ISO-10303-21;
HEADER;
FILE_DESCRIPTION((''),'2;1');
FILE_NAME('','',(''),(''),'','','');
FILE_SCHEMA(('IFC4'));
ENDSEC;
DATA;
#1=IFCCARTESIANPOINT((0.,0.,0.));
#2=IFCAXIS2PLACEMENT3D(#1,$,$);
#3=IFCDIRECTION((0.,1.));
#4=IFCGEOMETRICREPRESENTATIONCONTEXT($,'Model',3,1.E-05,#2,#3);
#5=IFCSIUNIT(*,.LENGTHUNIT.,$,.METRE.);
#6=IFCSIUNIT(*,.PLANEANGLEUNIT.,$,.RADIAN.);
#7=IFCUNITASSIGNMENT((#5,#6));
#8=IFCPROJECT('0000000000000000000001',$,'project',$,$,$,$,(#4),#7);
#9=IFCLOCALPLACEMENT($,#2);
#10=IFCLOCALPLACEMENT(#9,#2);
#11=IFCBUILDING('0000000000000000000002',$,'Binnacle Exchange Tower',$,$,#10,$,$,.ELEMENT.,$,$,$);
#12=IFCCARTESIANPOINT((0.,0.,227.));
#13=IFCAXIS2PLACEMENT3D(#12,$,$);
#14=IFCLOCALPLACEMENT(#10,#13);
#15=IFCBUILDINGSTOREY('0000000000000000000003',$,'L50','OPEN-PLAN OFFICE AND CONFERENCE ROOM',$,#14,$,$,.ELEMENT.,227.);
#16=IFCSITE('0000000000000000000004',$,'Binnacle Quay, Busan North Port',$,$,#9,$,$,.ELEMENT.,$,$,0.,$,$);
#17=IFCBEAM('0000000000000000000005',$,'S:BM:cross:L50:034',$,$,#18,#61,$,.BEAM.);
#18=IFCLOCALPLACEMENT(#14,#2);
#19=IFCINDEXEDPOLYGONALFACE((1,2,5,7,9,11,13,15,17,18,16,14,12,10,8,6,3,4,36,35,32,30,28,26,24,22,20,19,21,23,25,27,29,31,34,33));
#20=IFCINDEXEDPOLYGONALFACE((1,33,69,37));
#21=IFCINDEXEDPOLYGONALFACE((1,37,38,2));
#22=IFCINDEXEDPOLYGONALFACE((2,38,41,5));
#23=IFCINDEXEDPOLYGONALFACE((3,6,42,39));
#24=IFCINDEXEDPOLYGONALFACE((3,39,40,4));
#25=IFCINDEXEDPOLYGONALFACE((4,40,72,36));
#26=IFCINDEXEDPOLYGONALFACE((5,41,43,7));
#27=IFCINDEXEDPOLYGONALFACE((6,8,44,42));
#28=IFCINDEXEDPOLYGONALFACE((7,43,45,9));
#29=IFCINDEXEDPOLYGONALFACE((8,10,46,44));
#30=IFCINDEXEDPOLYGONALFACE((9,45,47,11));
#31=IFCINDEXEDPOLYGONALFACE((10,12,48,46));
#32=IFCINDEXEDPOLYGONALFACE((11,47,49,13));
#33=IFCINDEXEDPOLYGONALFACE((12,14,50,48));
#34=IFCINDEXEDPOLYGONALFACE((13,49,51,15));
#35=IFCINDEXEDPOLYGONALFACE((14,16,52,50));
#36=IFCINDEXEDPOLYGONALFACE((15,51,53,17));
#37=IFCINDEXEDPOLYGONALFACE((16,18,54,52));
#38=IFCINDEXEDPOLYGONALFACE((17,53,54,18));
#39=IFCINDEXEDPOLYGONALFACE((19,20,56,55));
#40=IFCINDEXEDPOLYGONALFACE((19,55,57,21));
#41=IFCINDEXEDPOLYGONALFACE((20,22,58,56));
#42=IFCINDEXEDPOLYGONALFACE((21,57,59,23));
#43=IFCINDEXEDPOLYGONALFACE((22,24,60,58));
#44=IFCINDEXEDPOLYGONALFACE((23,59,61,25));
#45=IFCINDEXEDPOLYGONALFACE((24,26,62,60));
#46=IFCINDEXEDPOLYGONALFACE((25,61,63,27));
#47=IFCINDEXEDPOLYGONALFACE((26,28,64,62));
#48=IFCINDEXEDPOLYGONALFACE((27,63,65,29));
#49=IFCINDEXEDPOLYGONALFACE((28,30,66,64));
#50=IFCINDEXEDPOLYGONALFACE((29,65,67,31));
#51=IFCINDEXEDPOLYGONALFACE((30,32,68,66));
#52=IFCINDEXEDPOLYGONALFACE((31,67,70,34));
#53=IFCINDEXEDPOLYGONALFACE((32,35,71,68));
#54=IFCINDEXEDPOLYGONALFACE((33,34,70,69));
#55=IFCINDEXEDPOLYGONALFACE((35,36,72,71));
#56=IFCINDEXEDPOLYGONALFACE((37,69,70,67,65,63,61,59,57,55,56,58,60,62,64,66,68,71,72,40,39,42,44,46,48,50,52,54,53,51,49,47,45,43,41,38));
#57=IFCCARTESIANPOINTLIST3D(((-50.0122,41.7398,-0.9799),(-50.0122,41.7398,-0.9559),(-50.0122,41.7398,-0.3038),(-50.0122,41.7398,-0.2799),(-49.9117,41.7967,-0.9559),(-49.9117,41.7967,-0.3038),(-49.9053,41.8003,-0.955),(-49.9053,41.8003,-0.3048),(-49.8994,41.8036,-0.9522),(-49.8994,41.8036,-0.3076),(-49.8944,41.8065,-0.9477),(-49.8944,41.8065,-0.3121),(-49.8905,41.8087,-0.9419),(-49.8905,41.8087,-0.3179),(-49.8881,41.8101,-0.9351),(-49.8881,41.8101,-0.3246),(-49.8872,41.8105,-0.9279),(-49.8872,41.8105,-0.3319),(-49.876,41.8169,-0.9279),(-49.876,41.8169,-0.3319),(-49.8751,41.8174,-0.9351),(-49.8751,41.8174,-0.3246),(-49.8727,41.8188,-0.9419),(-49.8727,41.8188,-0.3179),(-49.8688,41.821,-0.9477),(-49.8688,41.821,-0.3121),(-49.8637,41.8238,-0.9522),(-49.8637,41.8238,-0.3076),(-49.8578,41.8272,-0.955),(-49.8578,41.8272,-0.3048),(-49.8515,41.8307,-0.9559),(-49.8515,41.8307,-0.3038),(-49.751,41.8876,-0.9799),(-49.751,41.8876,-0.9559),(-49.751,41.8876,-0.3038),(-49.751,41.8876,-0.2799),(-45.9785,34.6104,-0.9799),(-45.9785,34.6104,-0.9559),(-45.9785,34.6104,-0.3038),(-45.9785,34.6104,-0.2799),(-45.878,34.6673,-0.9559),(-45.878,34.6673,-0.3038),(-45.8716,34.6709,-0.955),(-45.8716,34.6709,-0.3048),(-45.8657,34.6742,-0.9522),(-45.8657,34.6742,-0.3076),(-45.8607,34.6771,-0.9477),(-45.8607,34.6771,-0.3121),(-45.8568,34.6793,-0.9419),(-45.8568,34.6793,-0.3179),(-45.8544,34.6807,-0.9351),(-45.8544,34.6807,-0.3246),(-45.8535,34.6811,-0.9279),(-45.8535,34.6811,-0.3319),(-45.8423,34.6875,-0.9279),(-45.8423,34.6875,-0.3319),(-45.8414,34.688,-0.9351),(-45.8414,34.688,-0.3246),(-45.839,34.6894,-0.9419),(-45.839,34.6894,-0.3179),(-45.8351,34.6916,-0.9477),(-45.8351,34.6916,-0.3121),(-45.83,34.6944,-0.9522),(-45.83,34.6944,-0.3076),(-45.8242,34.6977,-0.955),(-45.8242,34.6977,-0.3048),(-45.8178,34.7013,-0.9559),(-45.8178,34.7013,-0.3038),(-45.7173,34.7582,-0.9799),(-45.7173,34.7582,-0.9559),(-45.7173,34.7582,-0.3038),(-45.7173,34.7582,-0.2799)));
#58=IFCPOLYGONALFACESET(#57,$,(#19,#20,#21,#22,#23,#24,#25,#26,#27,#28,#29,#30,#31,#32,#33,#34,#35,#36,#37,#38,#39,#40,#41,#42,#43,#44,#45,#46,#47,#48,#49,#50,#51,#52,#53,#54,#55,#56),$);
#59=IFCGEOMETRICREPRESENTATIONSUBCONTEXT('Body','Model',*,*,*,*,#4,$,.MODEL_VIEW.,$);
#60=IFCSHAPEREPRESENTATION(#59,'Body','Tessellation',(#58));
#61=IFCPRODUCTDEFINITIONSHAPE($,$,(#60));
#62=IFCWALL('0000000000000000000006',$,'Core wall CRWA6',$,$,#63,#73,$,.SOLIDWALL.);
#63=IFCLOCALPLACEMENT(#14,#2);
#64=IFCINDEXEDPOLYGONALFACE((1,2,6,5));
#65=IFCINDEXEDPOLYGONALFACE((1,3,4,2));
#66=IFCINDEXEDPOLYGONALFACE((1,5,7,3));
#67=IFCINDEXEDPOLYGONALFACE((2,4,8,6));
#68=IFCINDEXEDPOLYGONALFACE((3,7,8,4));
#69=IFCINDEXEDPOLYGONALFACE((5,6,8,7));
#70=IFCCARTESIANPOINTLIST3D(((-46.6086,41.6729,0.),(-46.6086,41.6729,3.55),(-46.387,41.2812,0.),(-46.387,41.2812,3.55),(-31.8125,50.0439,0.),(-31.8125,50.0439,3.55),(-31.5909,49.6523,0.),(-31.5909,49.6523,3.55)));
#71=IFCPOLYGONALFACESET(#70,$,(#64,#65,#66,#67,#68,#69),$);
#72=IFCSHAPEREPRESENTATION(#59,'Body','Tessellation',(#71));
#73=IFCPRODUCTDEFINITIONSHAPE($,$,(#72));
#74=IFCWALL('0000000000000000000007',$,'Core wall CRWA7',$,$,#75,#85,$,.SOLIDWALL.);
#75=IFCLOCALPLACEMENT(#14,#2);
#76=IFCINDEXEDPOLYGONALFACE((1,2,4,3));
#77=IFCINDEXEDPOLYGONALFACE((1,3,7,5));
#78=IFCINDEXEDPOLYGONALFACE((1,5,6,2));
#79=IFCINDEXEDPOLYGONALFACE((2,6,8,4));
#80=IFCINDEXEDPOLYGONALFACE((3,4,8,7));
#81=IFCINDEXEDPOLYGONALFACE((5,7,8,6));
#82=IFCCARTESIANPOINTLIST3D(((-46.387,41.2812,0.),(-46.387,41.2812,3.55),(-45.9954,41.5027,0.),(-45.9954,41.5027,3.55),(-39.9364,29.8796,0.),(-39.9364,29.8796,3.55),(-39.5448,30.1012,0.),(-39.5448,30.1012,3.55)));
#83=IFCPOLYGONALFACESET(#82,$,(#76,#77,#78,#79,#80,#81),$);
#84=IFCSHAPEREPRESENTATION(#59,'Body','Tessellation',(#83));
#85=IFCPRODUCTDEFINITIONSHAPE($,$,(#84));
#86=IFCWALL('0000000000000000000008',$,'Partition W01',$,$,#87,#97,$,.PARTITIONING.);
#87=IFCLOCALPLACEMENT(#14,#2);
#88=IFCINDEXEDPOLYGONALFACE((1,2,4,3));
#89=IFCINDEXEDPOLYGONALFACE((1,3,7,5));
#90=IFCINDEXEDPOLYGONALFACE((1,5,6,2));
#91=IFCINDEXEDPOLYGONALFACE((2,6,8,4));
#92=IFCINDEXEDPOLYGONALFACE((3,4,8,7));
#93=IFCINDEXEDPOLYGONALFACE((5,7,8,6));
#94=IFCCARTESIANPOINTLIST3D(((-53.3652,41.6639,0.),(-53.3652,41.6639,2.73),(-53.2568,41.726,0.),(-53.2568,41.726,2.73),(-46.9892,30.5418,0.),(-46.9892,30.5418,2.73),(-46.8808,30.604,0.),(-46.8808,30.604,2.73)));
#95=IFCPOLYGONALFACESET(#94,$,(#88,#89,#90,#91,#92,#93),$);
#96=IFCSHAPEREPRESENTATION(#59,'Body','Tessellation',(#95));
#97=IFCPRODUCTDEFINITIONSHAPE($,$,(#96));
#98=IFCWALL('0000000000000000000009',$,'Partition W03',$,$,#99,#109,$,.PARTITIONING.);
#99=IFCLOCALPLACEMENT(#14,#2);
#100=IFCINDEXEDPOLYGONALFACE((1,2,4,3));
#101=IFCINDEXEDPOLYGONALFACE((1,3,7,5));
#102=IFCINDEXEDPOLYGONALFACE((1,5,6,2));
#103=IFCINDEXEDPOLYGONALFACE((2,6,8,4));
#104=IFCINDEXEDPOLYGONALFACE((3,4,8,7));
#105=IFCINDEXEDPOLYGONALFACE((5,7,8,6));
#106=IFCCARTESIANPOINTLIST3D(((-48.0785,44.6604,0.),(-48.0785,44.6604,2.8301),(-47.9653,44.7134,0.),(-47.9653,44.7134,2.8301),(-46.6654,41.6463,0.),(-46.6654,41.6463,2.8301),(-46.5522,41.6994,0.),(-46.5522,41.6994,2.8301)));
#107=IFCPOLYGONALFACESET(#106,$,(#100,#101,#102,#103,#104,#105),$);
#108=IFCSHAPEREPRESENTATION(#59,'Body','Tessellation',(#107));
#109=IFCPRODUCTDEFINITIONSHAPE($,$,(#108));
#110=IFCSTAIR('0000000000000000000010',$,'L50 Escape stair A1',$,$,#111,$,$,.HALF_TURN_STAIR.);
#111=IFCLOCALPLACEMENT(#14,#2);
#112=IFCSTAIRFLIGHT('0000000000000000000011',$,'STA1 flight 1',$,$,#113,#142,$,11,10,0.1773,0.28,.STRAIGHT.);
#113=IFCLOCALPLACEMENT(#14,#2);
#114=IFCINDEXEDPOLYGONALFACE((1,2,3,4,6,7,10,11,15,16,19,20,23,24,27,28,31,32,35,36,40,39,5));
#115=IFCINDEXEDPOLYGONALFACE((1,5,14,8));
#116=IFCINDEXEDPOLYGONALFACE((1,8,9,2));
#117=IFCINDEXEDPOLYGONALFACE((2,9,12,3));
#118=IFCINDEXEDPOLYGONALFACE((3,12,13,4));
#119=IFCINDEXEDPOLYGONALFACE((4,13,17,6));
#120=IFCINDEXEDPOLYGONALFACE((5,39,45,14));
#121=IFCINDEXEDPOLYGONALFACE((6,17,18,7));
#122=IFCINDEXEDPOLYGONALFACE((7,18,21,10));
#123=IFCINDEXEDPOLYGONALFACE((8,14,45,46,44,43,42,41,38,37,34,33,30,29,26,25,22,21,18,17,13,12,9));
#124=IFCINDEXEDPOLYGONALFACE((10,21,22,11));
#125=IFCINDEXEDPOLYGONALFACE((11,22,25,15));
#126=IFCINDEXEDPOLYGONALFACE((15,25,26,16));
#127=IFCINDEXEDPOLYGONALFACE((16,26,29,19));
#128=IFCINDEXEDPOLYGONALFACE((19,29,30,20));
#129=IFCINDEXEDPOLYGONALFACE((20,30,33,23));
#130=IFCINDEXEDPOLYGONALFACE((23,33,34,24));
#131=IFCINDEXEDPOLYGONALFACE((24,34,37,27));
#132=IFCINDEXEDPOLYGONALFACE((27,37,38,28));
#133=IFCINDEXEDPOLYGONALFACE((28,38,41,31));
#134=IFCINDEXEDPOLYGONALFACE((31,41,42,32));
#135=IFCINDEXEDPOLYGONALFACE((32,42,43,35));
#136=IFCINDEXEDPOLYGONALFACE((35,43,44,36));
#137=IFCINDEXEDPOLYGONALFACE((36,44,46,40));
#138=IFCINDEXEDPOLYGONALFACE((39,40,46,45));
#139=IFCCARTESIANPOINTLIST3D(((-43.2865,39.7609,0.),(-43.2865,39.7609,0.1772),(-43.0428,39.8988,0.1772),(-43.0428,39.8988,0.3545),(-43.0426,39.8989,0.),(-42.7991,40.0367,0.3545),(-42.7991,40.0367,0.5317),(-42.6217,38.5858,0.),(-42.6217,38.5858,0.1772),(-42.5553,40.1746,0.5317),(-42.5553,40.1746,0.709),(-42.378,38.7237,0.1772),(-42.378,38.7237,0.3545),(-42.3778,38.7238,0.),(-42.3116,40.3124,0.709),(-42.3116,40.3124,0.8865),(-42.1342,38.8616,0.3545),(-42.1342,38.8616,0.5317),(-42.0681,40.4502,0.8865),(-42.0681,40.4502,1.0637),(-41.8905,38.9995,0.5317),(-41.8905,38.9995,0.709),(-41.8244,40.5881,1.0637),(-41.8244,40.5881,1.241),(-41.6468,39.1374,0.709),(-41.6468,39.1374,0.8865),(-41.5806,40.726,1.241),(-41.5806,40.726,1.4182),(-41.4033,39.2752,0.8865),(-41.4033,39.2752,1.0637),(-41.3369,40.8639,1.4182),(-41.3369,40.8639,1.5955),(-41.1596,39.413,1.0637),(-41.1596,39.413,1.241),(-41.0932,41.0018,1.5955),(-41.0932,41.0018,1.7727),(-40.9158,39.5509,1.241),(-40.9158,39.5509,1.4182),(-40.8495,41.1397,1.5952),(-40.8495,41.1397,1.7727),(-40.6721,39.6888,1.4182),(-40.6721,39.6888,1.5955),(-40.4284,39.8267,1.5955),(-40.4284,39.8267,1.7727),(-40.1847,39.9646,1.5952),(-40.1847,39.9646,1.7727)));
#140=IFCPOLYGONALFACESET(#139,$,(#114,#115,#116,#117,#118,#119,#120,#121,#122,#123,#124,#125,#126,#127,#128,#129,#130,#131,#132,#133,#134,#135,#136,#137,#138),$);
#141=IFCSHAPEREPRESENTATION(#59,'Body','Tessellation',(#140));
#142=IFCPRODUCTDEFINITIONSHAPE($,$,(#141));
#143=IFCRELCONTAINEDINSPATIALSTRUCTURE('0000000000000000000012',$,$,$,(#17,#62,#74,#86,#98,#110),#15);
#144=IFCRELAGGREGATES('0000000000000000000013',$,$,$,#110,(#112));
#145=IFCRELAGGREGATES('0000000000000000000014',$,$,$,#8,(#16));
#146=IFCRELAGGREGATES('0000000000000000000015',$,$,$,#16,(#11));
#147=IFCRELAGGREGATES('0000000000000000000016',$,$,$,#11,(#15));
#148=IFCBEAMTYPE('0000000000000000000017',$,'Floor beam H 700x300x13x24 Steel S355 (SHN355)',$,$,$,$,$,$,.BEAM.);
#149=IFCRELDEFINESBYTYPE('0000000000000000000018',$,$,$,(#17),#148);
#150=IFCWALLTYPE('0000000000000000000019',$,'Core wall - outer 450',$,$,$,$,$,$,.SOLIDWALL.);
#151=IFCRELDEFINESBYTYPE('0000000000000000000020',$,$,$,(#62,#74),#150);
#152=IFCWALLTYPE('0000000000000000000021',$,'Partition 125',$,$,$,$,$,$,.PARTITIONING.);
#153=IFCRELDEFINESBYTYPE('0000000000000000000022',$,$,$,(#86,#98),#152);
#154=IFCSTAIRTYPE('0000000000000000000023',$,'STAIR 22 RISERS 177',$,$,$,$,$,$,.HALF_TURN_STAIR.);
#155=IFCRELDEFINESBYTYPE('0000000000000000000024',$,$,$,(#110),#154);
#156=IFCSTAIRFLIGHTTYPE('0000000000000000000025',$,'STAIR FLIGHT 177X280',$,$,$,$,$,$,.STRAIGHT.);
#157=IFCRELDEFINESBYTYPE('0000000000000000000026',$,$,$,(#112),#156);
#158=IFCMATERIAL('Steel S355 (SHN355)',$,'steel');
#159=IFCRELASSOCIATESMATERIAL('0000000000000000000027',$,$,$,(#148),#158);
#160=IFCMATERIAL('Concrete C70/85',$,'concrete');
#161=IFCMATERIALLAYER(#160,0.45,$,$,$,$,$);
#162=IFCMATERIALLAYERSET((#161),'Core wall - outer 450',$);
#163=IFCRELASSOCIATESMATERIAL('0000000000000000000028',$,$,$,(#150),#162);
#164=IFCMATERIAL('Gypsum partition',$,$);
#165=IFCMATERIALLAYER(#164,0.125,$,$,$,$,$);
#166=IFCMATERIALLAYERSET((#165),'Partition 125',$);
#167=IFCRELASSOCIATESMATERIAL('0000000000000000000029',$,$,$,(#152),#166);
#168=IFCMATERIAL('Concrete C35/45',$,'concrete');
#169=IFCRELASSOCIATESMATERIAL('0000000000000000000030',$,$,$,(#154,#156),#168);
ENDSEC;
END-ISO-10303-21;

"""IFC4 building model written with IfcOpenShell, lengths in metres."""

from ifc_helpers import new_model, si_unit, direction, frame, frame_2d, origin, origin_2d, place, context, subcontext, project, spatial, polyline, rectangle, i_section, outline, extrude, material, layer, layer_set, material_profile, profile_set, type_object, element, aggregate, save


model = new_model("IFC4")

# Units and contexts
model_context = context("Model", 3, precision=1e-05, world=origin(), true_north=direction((0.0, 1.0)))
body_context = subcontext(model_context, "Body", "Model", "MODEL_VIEW")
ifc_project = project(units=[si_unit("LENGTHUNIT", "METRE"), si_unit("PLANEANGLEUNIT", "RADIAN")], contexts=[model_context])

# Site, building, storey
site_placement = place(None, origin())
site = spatial("IfcSite", under=ifc_project, at=site_placement, Name="Binnacle Quay, Busan North Port", CompositionType="ELEMENT", RefElevation=0.0)
building_placement = place(site_placement, origin())
building = spatial("IfcBuilding", under=site, at=building_placement, Name="Binnacle Exchange Tower", CompositionType="ELEMENT")
storey_placement = place(building_placement, frame((0.0, 0.0, 227.0)))
storey = spatial("IfcBuildingStorey", under=building, at=storey_placement, Name="L50", Description="OPEN-PLAN OFFICE AND CONFERENCE ROOM", CompositionType="ELEMENT", Elevation=227.0)

# Beam
ifc_material_1 = material(Name="Steel S355 (SHN355)", Category="steel")
ifc_material_profile_1 = material_profile(ifc_material_1, i_section(OverallWidth=0.3, OverallDepth=0.7, WebThickness=0.0129, FlangeThickness=0.0239, FilletRadius=0.0281, at=origin_2d()), Name="H 700x300x13x24")
ifc_profile_set_1 = profile_set([ifc_material_profile_1], Name="Steel S355 (SHN355)")
beam_type_1 = type_object("IfcBeamType", Name="Floor beam H 700x300x13x24 Steel S355 (SHN355)", PredefinedType="BEAM", material=ifc_profile_set_1)
beam_1_placement = place(storey_placement, frame((-49.8816, 41.8137, -0.6299), z_axis=(0.49243, -0.870352, 0.0), x_axis=(0.870352, 0.49243, 0.0)))
element("IfcBeam", 1, at=beam_1_placement, inside=storey, type_object=beam_type_1, Name="S:BM:cross:L50:034", PredefinedType="BEAM", context=body_context, shape_type="SweptSolid", body=[
    extrude(i_section(OverallWidth=0.3, OverallDepth=0.7, WebThickness=0.0129, FlangeThickness=0.0239, FilletRadius=0.0281, at=origin_2d()), origin(), (0.0, 0.0, 1.0), 8.1914),
])

# Walls
ifc_material_2 = material(Name="Concrete C70/85", Category="concrete")
ifc_layer_1 = layer(ifc_material_2, 0.45)
ifc_layer_set_1 = layer_set([ifc_layer_1], Name="Core wall - outer 450")
wall_type_1 = type_object("IfcWallType", Name="Core wall - outer 450", PredefinedType="SOLIDWALL", material=ifc_layer_set_1)
wall_1_placement = place(storey_placement, frame((-46.4978, 41.4771, 0.0), z_axis=(0.0, 0.0, 1.0), x_axis=(0.87036, 0.492416, 0.0)))
element("IfcWall", 2, at=wall_1_placement, inside=storey, type_object=wall_type_1, Name="Core wall CRWA6", PredefinedType="SOLIDWALL", context=body_context, shape_type="SweptSolid", body=[
    extrude(rectangle(XDim=17.0, YDim=0.45, at=frame_2d((8.5, 0.0))), origin(), (0.0, 0.0, 1.0), 3.55),
])
wall_2_placement = place(storey_placement, frame((-46.1912, 41.3918, 0.0), z_axis=(0.0, 0.0, 1.0), x_axis=(0.492421, -0.870357, 0.0)))
element("IfcWall", 3, at=wall_2_placement, inside=storey, type_object=wall_type_1, Name="Core wall CRWA7", PredefinedType="SOLIDWALL", context=body_context, shape_type="SweptSolid", body=[
    extrude(rectangle(XDim=13.0999, YDim=0.45, at=frame_2d((6.5498, 0.0))), origin(), (0.0, 0.0, 1.0), 3.55),
])
ifc_material_3 = material(Name="Gypsum partition")
ifc_layer_2 = layer(ifc_material_3, 0.125)
ifc_layer_set_2 = layer_set([ifc_layer_2], Name="Partition 125")
wall_type_2 = type_object("IfcWallType", Name="Partition 125", PredefinedType="PARTITIONING", material=ifc_layer_set_2)
wall_3_placement = place(storey_placement, frame((-53.311, 41.6951, 0.0), z_axis=(0.0, 0.0, 1.0), x_axis=(0.497344, -0.867553, 0.0)))
element("IfcWall", 4, at=wall_3_placement, inside=storey, type_object=wall_type_2, Name="Partition W01", PredefinedType="PARTITIONING", context=body_context, shape_type="SweptSolid", body=[
    extrude(rectangle(XDim=12.8201, YDim=0.125, at=frame_2d((6.4102, 0.0))), origin(), (0.0, 0.0, 1.0), 2.73),
])
wall_4_placement = place(storey_placement, frame((-48.022, 44.687, 0.0), z_axis=(0.0, 0.0, 1.0), x_axis=(0.424511, -0.905423, 0.0)))
element("IfcWall", 5, at=wall_4_placement, inside=storey, type_object=wall_type_2, Name="Partition W03", PredefinedType="PARTITIONING", context=body_context, shape_type="SweptSolid", body=[
    extrude(rectangle(XDim=3.3289, YDim=0.125, at=frame_2d((1.6646, 0.0))), origin(), (0.0, 0.0, 1.0), 2.8301),
])

# Stair, stair flight
ifc_material_4 = material(Name="Concrete C35/45", Category="concrete")
stair_type = type_object("IfcStairType", Name="STAIR 22 RISERS 177", PredefinedType="HALF_TURN_STAIR", material=ifc_material_4)
stair_placement = place(storey_placement, origin())
stair = element("IfcStair", 6, at=stair_placement, inside=storey, type_object=stair_type, Name="L50 Escape stair A1", PredefinedType="HALF_TURN_STAIR")
stair_flight_type = type_object("IfcStairFlightType", Name="STAIR FLIGHT 177X280", PredefinedType="STRAIGHT", material=ifc_material_4)
stair_flight_placement = place(storey_placement, frame((-42.9541, 39.1733, 0.0), z_axis=(0.0, 0.0, 1.0), x_axis=(0.870356, 0.492424, 0.0)))
stair_flight = element("IfcStairFlight", 7, at=stair_flight_placement, type_object=stair_flight_type, Name="STA1 flight 1", NumberOfRisers=11, NumberOfTreads=10, PredefinedType="STRAIGHT", RiserHeight=0.1773, TreadLength=0.28, context=body_context, shape_type="SweptSolid", body=[
    extrude(outline(polyline([(0.0, 0.0), (0.0, 0.1772), (0.28, 0.1772), (0.28, 0.3545), (0.5601, 0.3545), (0.5601, 0.5317), (0.8401, 0.5317), (0.8401, 0.709), (1.1201, 0.709), (1.1201, 0.8865), (1.3999, 0.8865), (1.3999, 1.0637), (1.6799, 1.0637), (1.6799, 1.241), (1.96, 1.241), (1.96, 1.4182), (2.24, 1.4182), (2.24, 1.5955), (2.52, 1.5955), (2.52, 1.7727), (2.8, 1.7727), (2.8, 1.95), (2.8, 1.5952), (0.2803, 0.0), (0.0, 0.0)])), frame((0.0, 0.675, 0.0), z_axis=(0.0, -1.0, 0.0), x_axis=(1.0, 0.0, 0.0)), (0.0, 0.0, 1.0), 1.3501),
])
aggregate(stair, [stair_flight])

save(model, "model.ifc")
